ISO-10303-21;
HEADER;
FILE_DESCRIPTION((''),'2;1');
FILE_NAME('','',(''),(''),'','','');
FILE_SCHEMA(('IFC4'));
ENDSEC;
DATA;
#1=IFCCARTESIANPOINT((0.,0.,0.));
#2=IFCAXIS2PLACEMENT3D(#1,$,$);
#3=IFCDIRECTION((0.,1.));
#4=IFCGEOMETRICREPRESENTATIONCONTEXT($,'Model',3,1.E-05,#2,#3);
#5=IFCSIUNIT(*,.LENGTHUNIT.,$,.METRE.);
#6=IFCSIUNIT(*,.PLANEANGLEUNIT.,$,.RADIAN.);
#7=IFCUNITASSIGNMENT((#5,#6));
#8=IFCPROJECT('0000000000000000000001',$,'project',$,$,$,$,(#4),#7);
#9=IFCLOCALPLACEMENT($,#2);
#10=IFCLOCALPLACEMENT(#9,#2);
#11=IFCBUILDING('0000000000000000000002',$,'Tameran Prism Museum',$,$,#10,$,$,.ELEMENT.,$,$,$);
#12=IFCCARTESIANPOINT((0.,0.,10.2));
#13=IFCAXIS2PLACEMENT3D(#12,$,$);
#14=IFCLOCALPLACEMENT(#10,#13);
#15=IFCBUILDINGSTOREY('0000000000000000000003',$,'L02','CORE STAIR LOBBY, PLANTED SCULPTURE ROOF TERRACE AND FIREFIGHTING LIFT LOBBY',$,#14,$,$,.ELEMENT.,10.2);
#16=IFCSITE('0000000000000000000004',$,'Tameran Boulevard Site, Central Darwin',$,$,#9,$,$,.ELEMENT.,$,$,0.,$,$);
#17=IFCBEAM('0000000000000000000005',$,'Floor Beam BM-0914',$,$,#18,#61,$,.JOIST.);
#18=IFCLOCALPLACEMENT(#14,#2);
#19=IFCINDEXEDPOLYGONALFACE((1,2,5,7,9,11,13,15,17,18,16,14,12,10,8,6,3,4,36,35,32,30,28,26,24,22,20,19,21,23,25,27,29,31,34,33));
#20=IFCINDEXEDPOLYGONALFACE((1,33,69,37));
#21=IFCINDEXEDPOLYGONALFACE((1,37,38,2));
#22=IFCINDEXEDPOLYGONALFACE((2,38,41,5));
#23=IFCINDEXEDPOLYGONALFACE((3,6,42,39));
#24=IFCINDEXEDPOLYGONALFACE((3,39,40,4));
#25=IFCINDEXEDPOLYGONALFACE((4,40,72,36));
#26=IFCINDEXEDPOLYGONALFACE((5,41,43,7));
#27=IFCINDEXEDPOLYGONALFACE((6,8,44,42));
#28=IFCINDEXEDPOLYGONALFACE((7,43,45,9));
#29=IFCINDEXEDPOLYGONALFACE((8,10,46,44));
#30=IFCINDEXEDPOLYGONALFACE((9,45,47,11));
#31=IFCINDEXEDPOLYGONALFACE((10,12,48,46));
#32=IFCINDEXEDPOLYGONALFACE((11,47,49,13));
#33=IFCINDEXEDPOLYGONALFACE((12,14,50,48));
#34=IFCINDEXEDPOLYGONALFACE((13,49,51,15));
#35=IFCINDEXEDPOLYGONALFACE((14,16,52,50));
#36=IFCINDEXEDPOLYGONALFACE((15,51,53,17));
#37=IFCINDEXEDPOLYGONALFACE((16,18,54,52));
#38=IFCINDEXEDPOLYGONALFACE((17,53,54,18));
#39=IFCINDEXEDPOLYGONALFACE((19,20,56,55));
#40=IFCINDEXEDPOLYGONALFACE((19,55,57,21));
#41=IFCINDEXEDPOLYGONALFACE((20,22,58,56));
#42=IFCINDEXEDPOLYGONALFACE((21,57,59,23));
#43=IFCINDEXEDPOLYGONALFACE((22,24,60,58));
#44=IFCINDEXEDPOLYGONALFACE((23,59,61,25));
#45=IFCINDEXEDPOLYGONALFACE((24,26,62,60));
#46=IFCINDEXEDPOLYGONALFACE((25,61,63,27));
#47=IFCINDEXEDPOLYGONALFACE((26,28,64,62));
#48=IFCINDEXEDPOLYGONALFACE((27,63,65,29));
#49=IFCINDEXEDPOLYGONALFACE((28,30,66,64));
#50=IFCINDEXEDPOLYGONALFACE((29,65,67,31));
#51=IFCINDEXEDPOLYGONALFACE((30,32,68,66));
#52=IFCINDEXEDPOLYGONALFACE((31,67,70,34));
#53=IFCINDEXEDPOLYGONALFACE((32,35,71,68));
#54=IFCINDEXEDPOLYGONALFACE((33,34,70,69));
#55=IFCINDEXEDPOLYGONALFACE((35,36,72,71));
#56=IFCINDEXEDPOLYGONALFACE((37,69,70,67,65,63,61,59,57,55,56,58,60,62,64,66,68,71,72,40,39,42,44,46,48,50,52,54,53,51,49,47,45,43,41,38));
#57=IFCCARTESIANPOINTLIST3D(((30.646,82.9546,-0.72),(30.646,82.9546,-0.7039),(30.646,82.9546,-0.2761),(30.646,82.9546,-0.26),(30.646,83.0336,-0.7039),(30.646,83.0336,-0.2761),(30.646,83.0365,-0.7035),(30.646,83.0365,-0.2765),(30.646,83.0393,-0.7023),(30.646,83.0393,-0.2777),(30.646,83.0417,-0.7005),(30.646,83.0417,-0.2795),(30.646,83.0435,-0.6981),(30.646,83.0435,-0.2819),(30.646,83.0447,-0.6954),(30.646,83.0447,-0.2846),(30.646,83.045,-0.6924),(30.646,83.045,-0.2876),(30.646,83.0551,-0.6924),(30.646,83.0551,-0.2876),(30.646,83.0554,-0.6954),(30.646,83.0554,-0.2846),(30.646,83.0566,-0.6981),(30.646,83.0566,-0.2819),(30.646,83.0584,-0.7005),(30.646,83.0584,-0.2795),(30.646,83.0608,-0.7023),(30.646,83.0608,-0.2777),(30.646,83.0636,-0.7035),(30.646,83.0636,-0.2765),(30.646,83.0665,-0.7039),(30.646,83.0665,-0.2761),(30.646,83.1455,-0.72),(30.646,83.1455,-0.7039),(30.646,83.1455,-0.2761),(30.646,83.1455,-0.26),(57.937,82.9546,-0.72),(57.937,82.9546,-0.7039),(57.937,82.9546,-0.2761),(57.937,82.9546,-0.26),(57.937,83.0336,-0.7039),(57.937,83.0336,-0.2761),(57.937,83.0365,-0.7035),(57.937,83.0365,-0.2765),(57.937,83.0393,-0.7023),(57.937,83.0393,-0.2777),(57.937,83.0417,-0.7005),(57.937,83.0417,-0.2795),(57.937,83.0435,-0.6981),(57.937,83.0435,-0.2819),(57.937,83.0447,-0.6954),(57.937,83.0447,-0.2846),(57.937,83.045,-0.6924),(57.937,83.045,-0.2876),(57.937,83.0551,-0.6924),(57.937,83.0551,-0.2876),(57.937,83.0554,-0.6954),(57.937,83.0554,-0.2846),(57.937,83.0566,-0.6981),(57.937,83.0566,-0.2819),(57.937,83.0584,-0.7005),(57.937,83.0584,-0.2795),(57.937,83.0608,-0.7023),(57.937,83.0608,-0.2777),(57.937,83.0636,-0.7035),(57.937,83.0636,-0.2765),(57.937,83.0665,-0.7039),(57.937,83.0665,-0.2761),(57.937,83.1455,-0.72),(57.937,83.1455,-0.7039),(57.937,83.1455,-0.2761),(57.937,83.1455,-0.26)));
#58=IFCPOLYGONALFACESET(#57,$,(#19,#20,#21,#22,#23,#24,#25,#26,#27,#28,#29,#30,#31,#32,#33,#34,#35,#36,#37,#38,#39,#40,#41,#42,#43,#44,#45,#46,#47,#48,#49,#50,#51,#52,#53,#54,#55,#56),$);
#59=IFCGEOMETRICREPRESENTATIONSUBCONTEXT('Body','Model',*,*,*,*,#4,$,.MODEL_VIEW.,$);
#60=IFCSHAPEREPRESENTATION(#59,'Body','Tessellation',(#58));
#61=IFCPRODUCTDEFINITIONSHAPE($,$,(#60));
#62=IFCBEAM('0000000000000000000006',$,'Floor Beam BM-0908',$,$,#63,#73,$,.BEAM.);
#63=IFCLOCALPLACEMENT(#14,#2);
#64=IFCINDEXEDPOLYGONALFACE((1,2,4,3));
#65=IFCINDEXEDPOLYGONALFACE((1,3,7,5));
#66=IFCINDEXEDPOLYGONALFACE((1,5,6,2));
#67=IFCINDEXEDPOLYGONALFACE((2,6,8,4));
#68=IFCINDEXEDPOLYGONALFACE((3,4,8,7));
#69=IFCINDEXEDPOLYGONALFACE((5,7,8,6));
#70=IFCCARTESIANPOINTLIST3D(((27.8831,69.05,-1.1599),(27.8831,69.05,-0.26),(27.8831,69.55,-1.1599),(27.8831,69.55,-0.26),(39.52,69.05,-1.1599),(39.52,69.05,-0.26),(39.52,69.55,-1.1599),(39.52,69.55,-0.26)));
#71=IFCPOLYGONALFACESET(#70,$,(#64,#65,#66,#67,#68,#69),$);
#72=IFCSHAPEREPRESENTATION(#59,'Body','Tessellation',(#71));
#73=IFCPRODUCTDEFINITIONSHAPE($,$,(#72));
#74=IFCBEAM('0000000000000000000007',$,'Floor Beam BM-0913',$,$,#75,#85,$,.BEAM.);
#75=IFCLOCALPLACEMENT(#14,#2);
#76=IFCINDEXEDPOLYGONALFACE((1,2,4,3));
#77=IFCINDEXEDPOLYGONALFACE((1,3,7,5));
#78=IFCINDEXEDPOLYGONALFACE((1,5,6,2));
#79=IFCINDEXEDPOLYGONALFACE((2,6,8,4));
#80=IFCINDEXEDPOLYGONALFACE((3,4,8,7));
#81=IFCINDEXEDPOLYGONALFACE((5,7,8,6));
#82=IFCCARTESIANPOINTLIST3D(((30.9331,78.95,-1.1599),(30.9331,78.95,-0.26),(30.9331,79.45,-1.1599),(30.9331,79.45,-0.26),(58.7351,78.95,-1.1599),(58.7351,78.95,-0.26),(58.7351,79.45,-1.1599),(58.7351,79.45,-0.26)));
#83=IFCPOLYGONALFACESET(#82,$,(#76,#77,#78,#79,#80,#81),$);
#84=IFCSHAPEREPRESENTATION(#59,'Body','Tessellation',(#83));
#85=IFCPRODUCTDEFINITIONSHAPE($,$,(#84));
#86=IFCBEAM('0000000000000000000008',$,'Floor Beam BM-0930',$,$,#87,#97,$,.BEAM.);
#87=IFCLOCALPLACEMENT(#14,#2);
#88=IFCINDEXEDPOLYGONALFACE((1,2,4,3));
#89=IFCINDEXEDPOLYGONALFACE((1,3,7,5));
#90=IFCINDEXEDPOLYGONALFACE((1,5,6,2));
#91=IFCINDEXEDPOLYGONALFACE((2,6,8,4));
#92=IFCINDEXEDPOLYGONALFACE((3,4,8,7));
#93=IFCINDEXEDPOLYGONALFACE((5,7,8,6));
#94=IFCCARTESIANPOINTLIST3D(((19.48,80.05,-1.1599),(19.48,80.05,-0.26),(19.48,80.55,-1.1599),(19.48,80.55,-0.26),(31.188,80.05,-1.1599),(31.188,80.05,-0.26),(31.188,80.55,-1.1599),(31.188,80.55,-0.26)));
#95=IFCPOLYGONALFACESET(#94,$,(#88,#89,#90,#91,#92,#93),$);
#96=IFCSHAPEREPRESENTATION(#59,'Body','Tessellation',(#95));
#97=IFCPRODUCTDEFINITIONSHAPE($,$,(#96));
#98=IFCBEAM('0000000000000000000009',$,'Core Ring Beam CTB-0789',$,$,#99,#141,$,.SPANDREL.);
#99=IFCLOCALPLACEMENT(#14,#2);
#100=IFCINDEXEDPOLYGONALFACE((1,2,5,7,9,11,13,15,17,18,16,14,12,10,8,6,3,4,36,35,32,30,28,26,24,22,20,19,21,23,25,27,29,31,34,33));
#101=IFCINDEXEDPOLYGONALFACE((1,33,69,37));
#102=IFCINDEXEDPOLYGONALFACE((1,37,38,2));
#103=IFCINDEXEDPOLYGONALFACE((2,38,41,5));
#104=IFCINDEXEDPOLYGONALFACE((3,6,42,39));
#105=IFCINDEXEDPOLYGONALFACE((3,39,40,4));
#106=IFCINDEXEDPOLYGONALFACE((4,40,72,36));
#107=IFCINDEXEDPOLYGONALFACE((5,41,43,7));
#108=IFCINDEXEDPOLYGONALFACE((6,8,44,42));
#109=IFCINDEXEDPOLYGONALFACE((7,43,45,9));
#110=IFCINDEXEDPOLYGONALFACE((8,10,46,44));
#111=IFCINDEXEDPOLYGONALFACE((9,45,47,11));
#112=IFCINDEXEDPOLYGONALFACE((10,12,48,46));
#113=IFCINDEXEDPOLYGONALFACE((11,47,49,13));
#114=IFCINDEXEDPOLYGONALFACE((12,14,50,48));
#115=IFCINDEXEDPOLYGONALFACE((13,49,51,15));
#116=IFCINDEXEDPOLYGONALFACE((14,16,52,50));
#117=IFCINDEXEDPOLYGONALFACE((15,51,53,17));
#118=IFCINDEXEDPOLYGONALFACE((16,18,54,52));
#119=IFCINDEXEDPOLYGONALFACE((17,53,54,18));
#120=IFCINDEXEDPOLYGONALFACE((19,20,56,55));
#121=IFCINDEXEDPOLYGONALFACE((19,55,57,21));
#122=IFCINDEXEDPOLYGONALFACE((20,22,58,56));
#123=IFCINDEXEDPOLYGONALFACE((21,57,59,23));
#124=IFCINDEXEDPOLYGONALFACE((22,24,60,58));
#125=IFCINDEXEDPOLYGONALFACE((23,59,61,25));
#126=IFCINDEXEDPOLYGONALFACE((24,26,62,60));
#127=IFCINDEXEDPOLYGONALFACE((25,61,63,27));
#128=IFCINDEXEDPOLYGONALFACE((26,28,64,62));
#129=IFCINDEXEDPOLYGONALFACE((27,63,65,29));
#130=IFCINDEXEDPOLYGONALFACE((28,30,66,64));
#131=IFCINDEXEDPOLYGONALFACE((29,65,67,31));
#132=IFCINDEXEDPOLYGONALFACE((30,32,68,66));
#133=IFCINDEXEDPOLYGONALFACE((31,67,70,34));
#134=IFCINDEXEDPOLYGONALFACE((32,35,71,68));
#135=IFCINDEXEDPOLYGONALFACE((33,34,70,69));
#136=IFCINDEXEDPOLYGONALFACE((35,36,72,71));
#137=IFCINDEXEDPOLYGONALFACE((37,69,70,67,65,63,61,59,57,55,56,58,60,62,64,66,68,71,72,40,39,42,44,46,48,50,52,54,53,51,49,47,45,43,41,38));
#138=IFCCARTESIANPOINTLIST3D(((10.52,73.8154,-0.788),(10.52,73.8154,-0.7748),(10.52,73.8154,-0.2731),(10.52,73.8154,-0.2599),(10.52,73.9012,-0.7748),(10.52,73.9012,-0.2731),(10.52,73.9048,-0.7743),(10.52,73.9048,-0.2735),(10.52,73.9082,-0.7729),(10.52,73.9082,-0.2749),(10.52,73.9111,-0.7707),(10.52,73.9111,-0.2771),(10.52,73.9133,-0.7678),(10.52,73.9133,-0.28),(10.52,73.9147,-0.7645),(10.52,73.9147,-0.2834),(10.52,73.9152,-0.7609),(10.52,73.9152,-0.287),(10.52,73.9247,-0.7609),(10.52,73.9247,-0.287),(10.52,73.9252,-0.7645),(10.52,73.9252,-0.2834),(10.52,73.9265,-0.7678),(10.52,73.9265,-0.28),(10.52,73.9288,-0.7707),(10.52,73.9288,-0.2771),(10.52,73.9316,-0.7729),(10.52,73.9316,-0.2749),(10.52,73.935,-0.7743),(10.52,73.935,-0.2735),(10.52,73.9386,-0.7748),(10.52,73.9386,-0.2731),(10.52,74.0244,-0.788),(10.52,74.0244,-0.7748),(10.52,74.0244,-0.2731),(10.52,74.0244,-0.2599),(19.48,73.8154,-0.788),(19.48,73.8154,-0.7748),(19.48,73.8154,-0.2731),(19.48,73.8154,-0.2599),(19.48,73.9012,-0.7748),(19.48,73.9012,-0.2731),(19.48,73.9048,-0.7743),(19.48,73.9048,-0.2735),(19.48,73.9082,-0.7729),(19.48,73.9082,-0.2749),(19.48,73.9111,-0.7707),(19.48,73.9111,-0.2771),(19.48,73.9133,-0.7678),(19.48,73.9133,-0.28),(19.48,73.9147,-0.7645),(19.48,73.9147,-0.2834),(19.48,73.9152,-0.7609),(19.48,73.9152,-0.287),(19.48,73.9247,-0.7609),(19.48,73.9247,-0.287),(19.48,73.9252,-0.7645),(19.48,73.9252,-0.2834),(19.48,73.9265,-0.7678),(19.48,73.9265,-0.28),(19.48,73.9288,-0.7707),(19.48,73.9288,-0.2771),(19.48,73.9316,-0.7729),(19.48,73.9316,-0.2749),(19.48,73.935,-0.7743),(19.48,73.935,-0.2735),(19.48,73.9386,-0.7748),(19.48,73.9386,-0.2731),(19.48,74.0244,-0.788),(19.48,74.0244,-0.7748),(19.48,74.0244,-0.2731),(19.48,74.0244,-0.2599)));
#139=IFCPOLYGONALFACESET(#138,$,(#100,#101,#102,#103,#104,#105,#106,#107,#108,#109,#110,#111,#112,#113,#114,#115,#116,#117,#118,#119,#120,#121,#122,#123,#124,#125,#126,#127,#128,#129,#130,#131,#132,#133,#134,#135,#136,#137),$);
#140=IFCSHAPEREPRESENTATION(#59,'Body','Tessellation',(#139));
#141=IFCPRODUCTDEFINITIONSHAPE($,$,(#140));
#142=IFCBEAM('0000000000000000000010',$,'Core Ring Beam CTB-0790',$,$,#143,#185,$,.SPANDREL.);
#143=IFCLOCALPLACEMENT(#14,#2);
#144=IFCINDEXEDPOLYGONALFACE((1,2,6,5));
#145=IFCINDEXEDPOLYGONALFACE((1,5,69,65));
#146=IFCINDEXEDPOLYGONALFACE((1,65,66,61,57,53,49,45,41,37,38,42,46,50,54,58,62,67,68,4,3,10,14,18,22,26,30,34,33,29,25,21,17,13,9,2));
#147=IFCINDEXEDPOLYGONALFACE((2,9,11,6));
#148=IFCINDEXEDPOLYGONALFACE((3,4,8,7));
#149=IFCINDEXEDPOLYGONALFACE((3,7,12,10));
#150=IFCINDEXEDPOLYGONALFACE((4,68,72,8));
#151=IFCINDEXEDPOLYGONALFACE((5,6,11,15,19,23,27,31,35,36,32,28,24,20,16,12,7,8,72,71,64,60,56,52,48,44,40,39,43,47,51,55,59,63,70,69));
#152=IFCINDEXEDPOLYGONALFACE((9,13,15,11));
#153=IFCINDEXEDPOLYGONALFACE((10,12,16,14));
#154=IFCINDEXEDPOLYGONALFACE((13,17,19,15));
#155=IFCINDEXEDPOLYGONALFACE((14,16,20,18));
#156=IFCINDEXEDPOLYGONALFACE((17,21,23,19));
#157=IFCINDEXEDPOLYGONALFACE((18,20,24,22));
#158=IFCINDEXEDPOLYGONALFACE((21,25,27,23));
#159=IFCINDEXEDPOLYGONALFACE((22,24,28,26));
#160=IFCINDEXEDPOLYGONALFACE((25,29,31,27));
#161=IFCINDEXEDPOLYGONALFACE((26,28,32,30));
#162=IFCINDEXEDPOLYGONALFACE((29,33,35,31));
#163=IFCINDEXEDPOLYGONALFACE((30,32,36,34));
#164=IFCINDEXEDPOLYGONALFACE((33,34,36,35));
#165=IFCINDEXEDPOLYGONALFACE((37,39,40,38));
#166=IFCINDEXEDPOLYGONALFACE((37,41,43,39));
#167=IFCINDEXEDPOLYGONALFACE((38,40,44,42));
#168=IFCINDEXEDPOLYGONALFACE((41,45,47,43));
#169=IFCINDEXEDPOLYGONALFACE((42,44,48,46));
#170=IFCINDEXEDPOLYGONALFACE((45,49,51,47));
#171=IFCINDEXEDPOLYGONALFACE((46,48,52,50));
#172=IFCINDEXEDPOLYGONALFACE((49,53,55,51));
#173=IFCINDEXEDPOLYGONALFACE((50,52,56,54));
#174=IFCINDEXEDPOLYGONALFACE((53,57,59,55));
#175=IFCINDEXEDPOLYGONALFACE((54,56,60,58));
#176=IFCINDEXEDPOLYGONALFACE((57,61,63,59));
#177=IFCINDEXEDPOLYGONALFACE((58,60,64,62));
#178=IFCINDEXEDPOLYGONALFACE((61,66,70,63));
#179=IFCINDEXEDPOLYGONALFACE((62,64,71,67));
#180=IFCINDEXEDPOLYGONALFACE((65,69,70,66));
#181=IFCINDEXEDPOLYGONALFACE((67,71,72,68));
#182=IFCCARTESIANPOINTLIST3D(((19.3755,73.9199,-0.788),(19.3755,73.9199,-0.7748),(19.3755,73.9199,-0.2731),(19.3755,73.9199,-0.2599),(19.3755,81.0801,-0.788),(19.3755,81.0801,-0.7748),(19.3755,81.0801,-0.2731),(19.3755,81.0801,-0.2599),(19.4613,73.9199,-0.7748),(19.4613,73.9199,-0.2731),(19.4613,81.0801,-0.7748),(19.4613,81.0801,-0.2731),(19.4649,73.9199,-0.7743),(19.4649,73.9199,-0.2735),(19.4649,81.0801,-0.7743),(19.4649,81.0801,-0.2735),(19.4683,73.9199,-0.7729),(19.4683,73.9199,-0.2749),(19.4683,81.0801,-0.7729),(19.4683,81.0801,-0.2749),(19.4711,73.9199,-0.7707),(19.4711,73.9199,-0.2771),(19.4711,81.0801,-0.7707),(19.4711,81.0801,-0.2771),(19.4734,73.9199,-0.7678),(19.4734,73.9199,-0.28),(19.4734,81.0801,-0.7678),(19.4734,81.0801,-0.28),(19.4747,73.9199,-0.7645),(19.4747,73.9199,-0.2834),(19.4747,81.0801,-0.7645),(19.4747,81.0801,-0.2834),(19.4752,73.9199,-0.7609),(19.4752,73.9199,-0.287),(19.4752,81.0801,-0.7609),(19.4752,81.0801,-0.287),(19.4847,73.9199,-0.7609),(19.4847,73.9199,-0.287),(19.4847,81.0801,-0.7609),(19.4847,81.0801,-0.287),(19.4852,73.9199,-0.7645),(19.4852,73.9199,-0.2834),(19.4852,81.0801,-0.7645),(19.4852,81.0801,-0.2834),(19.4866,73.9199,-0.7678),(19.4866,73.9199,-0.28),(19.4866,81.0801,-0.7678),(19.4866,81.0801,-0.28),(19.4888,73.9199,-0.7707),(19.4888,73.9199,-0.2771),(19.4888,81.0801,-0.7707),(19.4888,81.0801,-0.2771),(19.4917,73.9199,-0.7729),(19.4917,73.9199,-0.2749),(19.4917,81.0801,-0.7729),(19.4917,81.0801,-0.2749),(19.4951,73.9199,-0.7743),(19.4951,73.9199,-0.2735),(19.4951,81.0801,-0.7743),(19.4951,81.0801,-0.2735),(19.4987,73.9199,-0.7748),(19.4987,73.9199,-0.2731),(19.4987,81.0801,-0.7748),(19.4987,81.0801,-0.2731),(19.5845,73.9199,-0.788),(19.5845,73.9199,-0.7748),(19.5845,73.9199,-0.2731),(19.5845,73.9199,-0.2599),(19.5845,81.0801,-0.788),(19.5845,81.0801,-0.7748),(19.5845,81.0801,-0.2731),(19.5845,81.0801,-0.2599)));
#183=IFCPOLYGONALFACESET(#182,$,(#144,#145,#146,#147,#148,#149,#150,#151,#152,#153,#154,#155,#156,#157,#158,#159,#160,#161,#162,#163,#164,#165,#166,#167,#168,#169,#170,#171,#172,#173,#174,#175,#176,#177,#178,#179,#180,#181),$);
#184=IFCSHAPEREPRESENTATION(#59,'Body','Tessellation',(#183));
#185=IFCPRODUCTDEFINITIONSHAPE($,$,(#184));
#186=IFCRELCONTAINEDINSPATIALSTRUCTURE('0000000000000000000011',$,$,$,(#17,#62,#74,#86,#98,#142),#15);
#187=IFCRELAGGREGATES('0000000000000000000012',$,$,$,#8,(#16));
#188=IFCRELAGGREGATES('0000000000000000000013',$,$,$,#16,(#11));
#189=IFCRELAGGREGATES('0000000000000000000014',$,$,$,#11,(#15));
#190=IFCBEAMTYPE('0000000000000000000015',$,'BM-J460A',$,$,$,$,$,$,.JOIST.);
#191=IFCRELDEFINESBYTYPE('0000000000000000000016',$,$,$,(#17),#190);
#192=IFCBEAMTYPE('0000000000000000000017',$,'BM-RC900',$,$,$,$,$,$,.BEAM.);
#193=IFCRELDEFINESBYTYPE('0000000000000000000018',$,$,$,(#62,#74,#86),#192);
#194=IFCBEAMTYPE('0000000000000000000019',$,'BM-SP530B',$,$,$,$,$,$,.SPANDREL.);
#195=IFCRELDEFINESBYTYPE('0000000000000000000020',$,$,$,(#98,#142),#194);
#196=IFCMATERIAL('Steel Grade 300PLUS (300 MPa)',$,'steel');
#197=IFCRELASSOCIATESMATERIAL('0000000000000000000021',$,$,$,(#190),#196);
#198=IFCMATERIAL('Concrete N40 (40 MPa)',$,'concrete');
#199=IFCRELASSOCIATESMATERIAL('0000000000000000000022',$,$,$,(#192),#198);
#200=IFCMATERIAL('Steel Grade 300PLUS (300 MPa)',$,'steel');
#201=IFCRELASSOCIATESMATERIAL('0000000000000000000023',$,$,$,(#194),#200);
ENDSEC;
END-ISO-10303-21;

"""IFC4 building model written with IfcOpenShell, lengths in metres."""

from ifc_helpers import new_model, si_unit, direction, frame, origin, origin_2d, place, context, subcontext, project, spatial, rectangle, i_section, extrude, material, material_profile, profile_set, type_object, element, save


model = new_model("IFC4")

# Units and contexts
model_context = context("Model", 3, precision=1e-05, world=origin(), true_north=direction((0.0, 1.0)))
body_context = subcontext(model_context, "Body", "Model", "MODEL_VIEW")
ifc_project = project(units=[si_unit("LENGTHUNIT", "METRE"), si_unit("PLANEANGLEUNIT", "RADIAN")], contexts=[model_context])

# Site, building, storey
site_placement = place(None, origin())
site = spatial("IfcSite", under=ifc_project, at=site_placement, Name="Tameran Boulevard Site, Central Darwin", CompositionType="ELEMENT", RefElevation=0.0)
building_placement = place(site_placement, origin())
building = spatial("IfcBuilding", under=site, at=building_placement, Name="Tameran Prism Museum", CompositionType="ELEMENT")
storey_placement = place(building_placement, frame((0.0, 0.0, 10.2)))
storey = spatial("IfcBuildingStorey", under=building, at=storey_placement, Name="L02", Description="CORE STAIR LOBBY, PLANTED SCULPTURE ROOF TERRACE AND FIREFIGHTING LIFT LOBBY", CompositionType="ELEMENT", Elevation=10.2)

# Beams
ifc_material_1 = material(Name="Steel Grade 300PLUS (300 MPa)", Category="steel")
ifc_material_profile_1 = material_profile(ifc_material_1, i_section(OverallWidth=0.1909, OverallDepth=0.46, WebThickness=0.01, FlangeThickness=0.0161, FilletRadius=0.0115, at=origin_2d()))
ifc_profile_set_1 = profile_set([ifc_material_profile_1])
beam_type_1 = type_object("IfcBeamType", Name="BM-J460A", PredefinedType="JOIST", material=ifc_profile_set_1)
beam_1_placement = place(storey_placement, frame((30.646, 83.05, -0.49), z_axis=(1.0, 0.0, 0.0), x_axis=(0.0, 1.0, 0.0)))
element("IfcBeam", 1, at=beam_1_placement, inside=storey, type_object=beam_type_1, Name="Floor Beam BM-0914", PredefinedType="JOIST", context=body_context, shape_type="SweptSolid", body=[
    extrude(i_section(OverallWidth=0.1909, OverallDepth=0.46, WebThickness=0.01, FlangeThickness=0.0161, FilletRadius=0.0115, at=origin_2d()), origin(), (0.0, 0.0, 1.0), 27.291),
])
ifc_material_2 = material(Name="Concrete N40 (40 MPa)", Category="concrete")
ifc_material_profile_2 = material_profile(ifc_material_2, rectangle(XDim=0.5, YDim=0.8999, at=origin_2d()))
ifc_profile_set_2 = profile_set([ifc_material_profile_2])
beam_type_2 = type_object("IfcBeamType", Name="BM-RC900", PredefinedType="BEAM", material=ifc_profile_set_2)
beam_2_placement = place(storey_placement, frame((27.8831, 69.3, -0.71), z_axis=(1.0, 0.0, 0.0), x_axis=(0.0, 1.0, 0.0)))
element("IfcBeam", 2, at=beam_2_placement, inside=storey, type_object=beam_type_2, Name="Floor Beam BM-0908", PredefinedType="BEAM", context=body_context, shape_type="SweptSolid", body=[
    extrude(rectangle(XDim=0.5, YDim=0.8999, at=origin_2d()), origin(), (0.0, 0.0, 1.0), 11.637),
])
beam_3_placement = place(storey_placement, frame((30.9331, 79.2, -0.71), z_axis=(1.0, 0.0, 0.0), x_axis=(0.0, 1.0, 0.0)))
element("IfcBeam", 3, at=beam_3_placement, inside=storey, type_object=beam_type_2, Name="Floor Beam BM-0913", PredefinedType="BEAM", context=body_context, shape_type="SweptSolid", body=[
    extrude(rectangle(XDim=0.5, YDim=0.8999, at=origin_2d()), origin(), (0.0, 0.0, 1.0), 27.802),
])
beam_4_placement = place(storey_placement, frame((19.48, 80.3, -0.71), z_axis=(1.0, 0.0, 0.0), x_axis=(0.0, 1.0, 0.0)))
element("IfcBeam", 4, at=beam_4_placement, inside=storey, type_object=beam_type_2, Name="Floor Beam BM-0930", PredefinedType="BEAM", context=body_context, shape_type="SweptSolid", body=[
    extrude(rectangle(XDim=0.5, YDim=0.8999, at=origin_2d()), origin(), (0.0, 0.0, 1.0), 11.708),
])
ifc_material_3 = material(Name="Steel Grade 300PLUS (300 MPa)", Category="steel")
ifc_material_profile_3 = material_profile(ifc_material_3, i_section(OverallWidth=0.209, OverallDepth=0.5281, WebThickness=0.0095, FlangeThickness=0.0132, FilletRadius=0.0139, at=origin_2d()))
ifc_profile_set_3 = profile_set([ifc_material_profile_3])
beam_type_3 = type_object("IfcBeamType", Name="BM-SP530B", PredefinedType="SPANDREL", material=ifc_profile_set_3)
beam_5_placement = place(storey_placement, frame((10.52, 73.9199, -0.5239), z_axis=(1.0, 0.0, 0.0), x_axis=(0.0, 1.0, 0.0)))
element("IfcBeam", 5, at=beam_5_placement, inside=storey, type_object=beam_type_3, Name="Core Ring Beam CTB-0789", PredefinedType="SPANDREL", context=body_context, shape_type="SweptSolid", body=[
    extrude(i_section(OverallWidth=0.209, OverallDepth=0.5281, WebThickness=0.0095, FlangeThickness=0.0132, FilletRadius=0.0139, at=origin_2d()), origin(), (0.0, 0.0, 1.0), 8.96),
])
beam_6_placement = place(storey_placement, frame((19.48, 73.9199, -0.5239), z_axis=(0.0, 1.0, 0.0), x_axis=(-1.0, 0.0, 0.0)))
element("IfcBeam", 6, at=beam_6_placement, inside=storey, type_object=beam_type_3, Name="Core Ring Beam CTB-0790", PredefinedType="SPANDREL", context=body_context, shape_type="SweptSolid", body=[
    extrude(i_section(OverallWidth=0.209, OverallDepth=0.5281, WebThickness=0.0095, FlangeThickness=0.0132, FilletRadius=0.0139, at=origin_2d()), origin(), (0.0, 0.0, 1.0), 7.1602),
])

save(model, "model.ifc")
